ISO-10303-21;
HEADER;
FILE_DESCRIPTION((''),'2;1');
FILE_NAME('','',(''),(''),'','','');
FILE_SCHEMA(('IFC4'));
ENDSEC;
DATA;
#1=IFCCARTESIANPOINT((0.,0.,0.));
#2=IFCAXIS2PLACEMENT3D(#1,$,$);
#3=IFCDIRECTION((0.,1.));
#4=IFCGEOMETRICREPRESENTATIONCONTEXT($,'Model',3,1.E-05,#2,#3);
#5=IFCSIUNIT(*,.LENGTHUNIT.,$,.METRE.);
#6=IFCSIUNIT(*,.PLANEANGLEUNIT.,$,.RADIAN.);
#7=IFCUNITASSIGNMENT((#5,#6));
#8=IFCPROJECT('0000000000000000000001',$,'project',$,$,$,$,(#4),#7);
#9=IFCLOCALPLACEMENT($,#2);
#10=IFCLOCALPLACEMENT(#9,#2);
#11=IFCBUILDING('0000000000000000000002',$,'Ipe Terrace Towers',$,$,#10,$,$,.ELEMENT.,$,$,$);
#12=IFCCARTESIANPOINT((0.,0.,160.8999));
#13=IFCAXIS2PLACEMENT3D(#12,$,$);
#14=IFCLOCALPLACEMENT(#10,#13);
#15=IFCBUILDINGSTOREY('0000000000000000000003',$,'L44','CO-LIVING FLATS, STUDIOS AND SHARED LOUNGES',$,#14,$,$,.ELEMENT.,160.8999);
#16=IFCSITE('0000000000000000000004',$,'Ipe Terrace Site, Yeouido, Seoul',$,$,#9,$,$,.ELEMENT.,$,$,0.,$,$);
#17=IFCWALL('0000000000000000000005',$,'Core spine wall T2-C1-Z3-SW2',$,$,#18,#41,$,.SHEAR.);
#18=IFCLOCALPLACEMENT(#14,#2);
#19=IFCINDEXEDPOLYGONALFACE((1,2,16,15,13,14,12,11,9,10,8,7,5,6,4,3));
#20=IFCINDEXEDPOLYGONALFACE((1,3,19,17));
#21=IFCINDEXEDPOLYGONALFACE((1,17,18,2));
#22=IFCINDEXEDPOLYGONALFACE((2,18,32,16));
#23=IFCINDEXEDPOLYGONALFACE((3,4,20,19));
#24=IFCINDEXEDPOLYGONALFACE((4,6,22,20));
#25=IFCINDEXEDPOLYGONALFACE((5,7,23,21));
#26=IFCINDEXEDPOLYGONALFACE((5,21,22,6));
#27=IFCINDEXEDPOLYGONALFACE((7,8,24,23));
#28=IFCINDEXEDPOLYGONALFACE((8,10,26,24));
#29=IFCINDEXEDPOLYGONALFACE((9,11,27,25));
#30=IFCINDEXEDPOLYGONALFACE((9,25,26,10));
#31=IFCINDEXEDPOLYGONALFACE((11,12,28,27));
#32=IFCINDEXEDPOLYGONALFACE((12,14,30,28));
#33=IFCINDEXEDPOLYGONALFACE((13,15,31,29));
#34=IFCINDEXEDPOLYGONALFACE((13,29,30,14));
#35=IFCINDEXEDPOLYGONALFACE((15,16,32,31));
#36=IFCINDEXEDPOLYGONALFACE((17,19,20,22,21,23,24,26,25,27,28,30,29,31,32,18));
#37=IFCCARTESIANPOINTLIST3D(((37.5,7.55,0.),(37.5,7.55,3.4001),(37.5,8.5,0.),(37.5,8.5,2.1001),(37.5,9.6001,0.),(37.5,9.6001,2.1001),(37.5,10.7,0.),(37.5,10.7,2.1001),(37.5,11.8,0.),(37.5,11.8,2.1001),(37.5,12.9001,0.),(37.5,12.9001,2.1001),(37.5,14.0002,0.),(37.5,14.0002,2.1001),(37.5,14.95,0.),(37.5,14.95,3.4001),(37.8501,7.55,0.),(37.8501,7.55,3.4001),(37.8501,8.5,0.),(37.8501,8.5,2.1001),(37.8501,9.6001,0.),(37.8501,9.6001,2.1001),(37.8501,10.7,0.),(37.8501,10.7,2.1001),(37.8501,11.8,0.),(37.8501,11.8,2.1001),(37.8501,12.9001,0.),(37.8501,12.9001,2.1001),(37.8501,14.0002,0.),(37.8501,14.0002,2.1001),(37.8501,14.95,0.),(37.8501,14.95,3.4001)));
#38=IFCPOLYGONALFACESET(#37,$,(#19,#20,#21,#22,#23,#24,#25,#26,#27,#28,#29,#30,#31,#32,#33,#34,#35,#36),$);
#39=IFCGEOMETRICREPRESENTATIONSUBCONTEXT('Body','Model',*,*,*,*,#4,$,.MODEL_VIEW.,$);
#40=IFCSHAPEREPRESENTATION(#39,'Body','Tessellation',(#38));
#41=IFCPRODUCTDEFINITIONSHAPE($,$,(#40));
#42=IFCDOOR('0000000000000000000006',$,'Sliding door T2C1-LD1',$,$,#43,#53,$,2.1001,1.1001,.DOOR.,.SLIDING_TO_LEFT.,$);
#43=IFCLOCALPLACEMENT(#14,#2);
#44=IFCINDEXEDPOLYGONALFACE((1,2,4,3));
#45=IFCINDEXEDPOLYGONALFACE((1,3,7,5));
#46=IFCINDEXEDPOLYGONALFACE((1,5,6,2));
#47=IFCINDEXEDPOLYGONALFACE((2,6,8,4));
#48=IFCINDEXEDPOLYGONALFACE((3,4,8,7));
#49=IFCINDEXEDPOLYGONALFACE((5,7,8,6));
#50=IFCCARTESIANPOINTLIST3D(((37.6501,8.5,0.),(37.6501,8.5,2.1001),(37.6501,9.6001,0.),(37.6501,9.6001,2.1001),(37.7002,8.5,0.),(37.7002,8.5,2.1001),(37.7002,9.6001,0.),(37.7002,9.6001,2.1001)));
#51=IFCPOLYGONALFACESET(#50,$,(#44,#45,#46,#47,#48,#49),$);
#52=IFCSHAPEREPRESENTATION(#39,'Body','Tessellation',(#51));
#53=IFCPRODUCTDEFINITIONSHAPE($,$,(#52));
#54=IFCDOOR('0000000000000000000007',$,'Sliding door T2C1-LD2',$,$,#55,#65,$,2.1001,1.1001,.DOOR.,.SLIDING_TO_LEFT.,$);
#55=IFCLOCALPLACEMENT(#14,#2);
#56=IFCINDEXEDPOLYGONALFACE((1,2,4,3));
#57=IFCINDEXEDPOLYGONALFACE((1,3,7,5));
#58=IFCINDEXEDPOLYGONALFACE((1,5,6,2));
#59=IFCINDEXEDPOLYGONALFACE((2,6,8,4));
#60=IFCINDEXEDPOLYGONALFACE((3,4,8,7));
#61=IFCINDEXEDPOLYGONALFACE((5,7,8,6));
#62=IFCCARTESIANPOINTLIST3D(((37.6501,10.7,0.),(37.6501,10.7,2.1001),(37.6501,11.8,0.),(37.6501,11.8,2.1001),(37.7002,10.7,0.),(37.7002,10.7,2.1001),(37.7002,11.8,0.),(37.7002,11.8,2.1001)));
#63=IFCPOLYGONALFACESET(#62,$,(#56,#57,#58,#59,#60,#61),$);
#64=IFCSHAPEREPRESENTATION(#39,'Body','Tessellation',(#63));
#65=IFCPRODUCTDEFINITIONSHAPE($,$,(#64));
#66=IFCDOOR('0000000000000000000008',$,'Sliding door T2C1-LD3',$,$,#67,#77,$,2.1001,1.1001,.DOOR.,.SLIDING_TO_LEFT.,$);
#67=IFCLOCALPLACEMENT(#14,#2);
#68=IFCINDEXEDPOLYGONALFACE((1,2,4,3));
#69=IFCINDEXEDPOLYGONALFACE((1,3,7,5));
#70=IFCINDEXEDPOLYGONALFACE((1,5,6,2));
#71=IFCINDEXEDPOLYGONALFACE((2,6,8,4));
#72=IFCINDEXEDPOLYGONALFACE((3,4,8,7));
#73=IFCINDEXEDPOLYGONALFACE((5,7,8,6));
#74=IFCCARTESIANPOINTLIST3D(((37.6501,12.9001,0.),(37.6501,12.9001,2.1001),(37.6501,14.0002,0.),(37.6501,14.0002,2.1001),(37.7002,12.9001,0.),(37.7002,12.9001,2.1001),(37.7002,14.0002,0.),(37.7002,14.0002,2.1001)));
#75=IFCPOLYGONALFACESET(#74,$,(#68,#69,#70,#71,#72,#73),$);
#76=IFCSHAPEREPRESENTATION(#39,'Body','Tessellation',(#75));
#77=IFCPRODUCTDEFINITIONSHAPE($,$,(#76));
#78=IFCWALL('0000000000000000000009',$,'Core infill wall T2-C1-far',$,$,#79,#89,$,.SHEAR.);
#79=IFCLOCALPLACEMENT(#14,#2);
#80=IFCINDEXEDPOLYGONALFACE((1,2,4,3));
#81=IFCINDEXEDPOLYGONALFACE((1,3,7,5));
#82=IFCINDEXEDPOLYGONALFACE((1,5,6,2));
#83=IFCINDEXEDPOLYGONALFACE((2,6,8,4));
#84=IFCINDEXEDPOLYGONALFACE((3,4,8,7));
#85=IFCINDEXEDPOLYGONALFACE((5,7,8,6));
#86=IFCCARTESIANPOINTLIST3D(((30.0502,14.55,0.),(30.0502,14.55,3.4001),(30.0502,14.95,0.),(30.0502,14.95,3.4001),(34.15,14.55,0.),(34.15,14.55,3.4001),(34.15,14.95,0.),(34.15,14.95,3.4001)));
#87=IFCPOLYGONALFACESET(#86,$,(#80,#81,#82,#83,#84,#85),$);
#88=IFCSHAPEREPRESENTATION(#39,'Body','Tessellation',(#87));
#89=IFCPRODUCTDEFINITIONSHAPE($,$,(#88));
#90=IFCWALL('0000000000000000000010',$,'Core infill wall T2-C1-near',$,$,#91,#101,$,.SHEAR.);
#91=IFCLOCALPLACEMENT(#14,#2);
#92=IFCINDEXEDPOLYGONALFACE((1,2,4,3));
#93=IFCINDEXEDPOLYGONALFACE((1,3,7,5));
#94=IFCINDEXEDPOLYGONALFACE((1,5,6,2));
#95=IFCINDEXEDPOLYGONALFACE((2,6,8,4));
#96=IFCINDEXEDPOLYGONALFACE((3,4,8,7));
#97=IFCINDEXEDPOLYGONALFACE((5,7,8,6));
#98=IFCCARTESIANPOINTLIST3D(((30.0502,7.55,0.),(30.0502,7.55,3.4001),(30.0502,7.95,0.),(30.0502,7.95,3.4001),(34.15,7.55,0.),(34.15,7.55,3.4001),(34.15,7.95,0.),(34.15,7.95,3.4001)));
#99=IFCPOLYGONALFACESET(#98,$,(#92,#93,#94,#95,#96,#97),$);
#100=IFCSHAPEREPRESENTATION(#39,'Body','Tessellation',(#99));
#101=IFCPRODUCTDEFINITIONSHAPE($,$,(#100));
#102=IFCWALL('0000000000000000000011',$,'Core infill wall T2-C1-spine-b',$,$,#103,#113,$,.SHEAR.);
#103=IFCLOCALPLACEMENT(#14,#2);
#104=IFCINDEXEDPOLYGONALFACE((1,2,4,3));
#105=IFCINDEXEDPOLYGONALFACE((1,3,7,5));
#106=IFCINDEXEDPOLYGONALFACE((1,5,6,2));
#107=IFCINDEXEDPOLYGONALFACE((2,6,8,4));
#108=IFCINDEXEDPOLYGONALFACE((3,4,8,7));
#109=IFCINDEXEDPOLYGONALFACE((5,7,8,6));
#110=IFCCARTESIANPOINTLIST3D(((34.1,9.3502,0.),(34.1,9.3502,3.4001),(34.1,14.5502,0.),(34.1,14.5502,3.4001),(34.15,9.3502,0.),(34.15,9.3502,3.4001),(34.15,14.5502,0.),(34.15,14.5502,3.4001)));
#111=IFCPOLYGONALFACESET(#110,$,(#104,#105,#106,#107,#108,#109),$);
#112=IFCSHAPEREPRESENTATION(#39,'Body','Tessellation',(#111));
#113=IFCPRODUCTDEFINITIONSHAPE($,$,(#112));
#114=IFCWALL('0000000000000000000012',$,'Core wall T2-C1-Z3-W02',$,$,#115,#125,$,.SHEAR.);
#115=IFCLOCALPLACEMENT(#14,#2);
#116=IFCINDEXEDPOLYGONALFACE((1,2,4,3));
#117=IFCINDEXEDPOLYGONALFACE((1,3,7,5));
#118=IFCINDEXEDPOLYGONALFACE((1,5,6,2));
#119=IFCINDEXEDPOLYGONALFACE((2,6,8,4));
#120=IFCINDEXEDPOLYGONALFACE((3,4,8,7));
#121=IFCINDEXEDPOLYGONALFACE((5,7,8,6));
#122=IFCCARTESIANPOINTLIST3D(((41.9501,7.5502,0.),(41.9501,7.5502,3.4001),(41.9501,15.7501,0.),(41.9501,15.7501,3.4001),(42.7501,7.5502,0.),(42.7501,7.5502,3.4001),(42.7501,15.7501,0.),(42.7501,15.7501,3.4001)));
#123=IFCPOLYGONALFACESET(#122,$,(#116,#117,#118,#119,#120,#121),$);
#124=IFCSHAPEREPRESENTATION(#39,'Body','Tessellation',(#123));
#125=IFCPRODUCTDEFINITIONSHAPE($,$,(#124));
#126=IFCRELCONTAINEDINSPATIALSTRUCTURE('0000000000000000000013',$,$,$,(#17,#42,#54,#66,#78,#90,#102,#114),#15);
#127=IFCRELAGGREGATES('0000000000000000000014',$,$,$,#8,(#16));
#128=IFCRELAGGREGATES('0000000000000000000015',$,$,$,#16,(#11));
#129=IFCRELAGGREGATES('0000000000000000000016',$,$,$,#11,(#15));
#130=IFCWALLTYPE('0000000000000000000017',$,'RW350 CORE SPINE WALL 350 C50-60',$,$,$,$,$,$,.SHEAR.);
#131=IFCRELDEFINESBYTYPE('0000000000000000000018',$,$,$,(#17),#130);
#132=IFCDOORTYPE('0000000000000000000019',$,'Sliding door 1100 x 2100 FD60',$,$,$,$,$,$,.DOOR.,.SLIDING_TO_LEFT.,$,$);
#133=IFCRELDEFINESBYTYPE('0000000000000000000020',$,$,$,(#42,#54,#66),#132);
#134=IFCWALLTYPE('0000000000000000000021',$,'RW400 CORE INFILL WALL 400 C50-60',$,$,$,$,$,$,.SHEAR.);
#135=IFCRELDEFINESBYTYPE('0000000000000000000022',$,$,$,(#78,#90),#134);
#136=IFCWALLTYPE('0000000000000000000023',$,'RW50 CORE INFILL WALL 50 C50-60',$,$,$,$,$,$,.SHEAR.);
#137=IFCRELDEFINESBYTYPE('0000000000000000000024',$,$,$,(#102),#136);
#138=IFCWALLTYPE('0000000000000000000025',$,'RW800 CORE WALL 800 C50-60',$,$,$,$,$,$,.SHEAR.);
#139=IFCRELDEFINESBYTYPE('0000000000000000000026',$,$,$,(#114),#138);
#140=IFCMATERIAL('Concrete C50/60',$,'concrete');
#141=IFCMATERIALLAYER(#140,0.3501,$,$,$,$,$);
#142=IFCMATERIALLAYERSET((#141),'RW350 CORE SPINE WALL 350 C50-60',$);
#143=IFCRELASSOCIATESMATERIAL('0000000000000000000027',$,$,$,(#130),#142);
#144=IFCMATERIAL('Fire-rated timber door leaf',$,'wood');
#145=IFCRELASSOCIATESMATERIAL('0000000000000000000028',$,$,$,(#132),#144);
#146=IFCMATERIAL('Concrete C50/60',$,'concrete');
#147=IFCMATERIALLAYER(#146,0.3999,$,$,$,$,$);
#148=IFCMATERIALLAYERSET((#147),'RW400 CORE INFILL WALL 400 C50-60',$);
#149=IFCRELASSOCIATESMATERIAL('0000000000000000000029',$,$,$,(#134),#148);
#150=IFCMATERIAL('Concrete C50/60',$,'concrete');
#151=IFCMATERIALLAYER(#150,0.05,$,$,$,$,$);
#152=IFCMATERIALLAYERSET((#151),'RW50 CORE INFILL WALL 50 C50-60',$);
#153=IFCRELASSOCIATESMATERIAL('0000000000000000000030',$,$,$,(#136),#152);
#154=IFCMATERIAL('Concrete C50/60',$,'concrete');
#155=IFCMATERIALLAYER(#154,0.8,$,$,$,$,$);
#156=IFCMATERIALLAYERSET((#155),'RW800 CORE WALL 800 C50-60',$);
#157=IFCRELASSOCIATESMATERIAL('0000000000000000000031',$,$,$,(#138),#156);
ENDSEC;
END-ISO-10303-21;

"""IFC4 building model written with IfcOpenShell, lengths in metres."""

from ifc_helpers import new_model, si_unit, direction, frame, frame_2d, origin, place, context, subcontext, project, spatial, rectangle, extrude, material, layer, layer_set, type_object, element, fill, save


model = new_model("IFC4")

# Units and contexts
model_context = context("Model", 3, precision=1e-05, world=origin(), true_north=direction((0.0, 1.0)))
body_context = subcontext(model_context, "Body", "Model", "MODEL_VIEW")
ifc_project = project(units=[si_unit("LENGTHUNIT", "METRE"), si_unit("PLANEANGLEUNIT", "RADIAN")], contexts=[model_context])

# Site, building, storey
site_placement = place(None, origin())
site = spatial("IfcSite", under=ifc_project, at=site_placement, Name="Ipe Terrace Site, Yeouido, Seoul", CompositionType="ELEMENT", RefElevation=0.0)
building_placement = place(site_placement, origin())
building = spatial("IfcBuilding", under=site, at=building_placement, Name="Ipe Terrace Towers", CompositionType="ELEMENT")
storey_placement = place(building_placement, frame((0.0, 0.0, 160.8999)))
storey = spatial("IfcBuildingStorey", under=building, at=storey_placement, Name="L44", Description="CO-LIVING FLATS, STUDIOS AND SHARED LOUNGES", CompositionType="ELEMENT", Elevation=160.8999)

# Shared definitions
ifc_material_1 = material(Name="Concrete C50/60", Category="concrete")
ifc_layer_1 = layer(ifc_material_1, 0.3501)
ifc_layer_set_1 = layer_set([ifc_layer_1], Name="RW350 CORE SPINE WALL 350 C50-60")
wall_type_1 = type_object("IfcWallType", Name="RW350 CORE SPINE WALL 350 C50-60", PredefinedType="SHEAR", material=ifc_layer_set_1)

# Wall, openings, doors
wall_1_placement = place(storey_placement, frame((37.675, 7.55, 0.0), z_axis=(0.0, 0.0, 1.0), x_axis=(0.0, 1.0, 0.0)))
wall_1 = element("IfcWall", 1, at=wall_1_placement, inside=storey, type_object=wall_type_1, Name="Core spine wall T2-C1-Z3-SW2", PredefinedType="SHEAR", context=body_context, shape_type="SweptSolid", body=[
    extrude(rectangle(XDim=7.3999, YDim=0.3501, at=frame_2d((3.7, 0.0))), origin(), (0.0, 0.0, 1.0), 3.4001),
])
opening_1_placement = place(wall_1_placement, frame((0.95, 0.0, 0.0)))
opening_1 = element("IfcOpeningElement", 2, at=opening_1_placement, cuts=wall_1, PredefinedType="OPENING", context=body_context, shape_type="SweptSolid", body=[
    extrude(rectangle(XDim=1.1001, YDim=2.1001, at=frame_2d((0.55, 1.05))), frame((0.0, 0.1851, 0.0), z_axis=(0.0, -1.0, 0.0), x_axis=(1.0, 0.0, 0.0)), (0.0, 0.0, 1.0), 0.3701),
])
opening_2_placement = place(wall_1_placement, frame((3.1499, 0.0, 0.0)))
opening_2 = element("IfcOpeningElement", 3, at=opening_2_placement, cuts=wall_1, PredefinedType="OPENING", context=body_context, shape_type="SweptSolid", body=[
    extrude(rectangle(XDim=1.1001, YDim=2.1001, at=frame_2d((0.55, 1.05))), frame((0.0, 0.1851, 0.0), z_axis=(0.0, -1.0, 0.0), x_axis=(1.0, 0.0, 0.0)), (0.0, 0.0, 1.0), 0.3701),
])
opening_3_placement = place(wall_1_placement, frame((5.3501, 0.0, 0.0)))
opening_3 = element("IfcOpeningElement", 4, at=opening_3_placement, cuts=wall_1, PredefinedType="OPENING", context=body_context, shape_type="SweptSolid", body=[
    extrude(rectangle(XDim=1.1001, YDim=2.1001, at=frame_2d((0.55, 1.05))), frame((0.0, 0.1851, 0.0), z_axis=(0.0, -1.0, 0.0), x_axis=(1.0, 0.0, 0.0)), (0.0, 0.0, 1.0), 0.3701),
])
ifc_material_2 = material(Name="Fire-rated timber door leaf", Category="wood")
door_type_1 = type_object("IfcDoorType", Name="Sliding door 1100 x 2100 FD60", OperationType="SLIDING_TO_LEFT", PredefinedType="DOOR", material=ifc_material_2)
door_1_placement = place(opening_1_placement, origin())
door_1 = element("IfcDoor", 5, at=door_1_placement, inside=storey, type_object=door_type_1, Name="Sliding door T2C1-LD1", OperationType="SLIDING_TO_LEFT", OverallHeight=2.1001, OverallWidth=1.1001, PredefinedType="DOOR", context=body_context, shape_type="SweptSolid", body=[
    extrude(rectangle(XDim=1.1001, YDim=2.1001, at=frame_2d((0.55, 1.05))), frame((0.0, 0.0249, 0.0), z_axis=(0.0, -1.0, 0.0), x_axis=(1.0, 0.0, 0.0)), (0.0, 0.0, 1.0), 0.05),
])
fill(opening_1, door_1)
door_2_placement = place(opening_2_placement, origin())
door_2 = element("IfcDoor", 6, at=door_2_placement, inside=storey, type_object=door_type_1, Name="Sliding door T2C1-LD2", OperationType="SLIDING_TO_LEFT", OverallHeight=2.1001, OverallWidth=1.1001, PredefinedType="DOOR", context=body_context, shape_type="SweptSolid", body=[
    extrude(rectangle(XDim=1.1001, YDim=2.1001, at=frame_2d((0.55, 1.05))), frame((0.0, 0.0249, 0.0), z_axis=(0.0, -1.0, 0.0), x_axis=(1.0, 0.0, 0.0)), (0.0, 0.0, 1.0), 0.05),
])
fill(opening_2, door_2)
door_3_placement = place(opening_3_placement, origin())
door_3 = element("IfcDoor", 7, at=door_3_placement, inside=storey, type_object=door_type_1, Name="Sliding door T2C1-LD3", OperationType="SLIDING_TO_LEFT", OverallHeight=2.1001, OverallWidth=1.1001, PredefinedType="DOOR", context=body_context, shape_type="SweptSolid", body=[
    extrude(rectangle(XDim=1.1001, YDim=2.1001, at=frame_2d((0.55, 1.05))), frame((0.0, 0.0249, 0.0), z_axis=(0.0, -1.0, 0.0), x_axis=(1.0, 0.0, 0.0)), (0.0, 0.0, 1.0), 0.05),
])
fill(opening_3, door_3)

# Walls
ifc_material_3 = material(Name="Concrete C50/60", Category="concrete")
ifc_layer_2 = layer(ifc_material_3, 0.3999)
ifc_layer_set_2 = layer_set([ifc_layer_2], Name="RW400 CORE INFILL WALL 400 C50-60")
wall_type_2 = type_object("IfcWallType", Name="RW400 CORE INFILL WALL 400 C50-60", PredefinedType="SHEAR", material=ifc_layer_set_2)
for number, where, z_axis, x_axis, name in (
    (8, (34.1499, 14.75, 0.0), (0.0, 0.0, 1.0), (-1.0, 0.0, 0.0), "Core infill wall T2-C1-far"),
    (9, (34.1499, 7.75, 0.0), (0.0, 0.0, 1.0), (-1.0, 0.0, 0.0), "Core infill wall T2-C1-near"),
):
    element("IfcWall", number, at=place(storey_placement, frame(where, z_axis=z_axis, x_axis=x_axis)), inside=storey, type_object=wall_type_2, Name=name, PredefinedType="SHEAR", context=body_context, shape_type="SweptSolid", body=[
        extrude(rectangle(XDim=4.0999, YDim=0.3999, at=frame_2d((2.0498, 0.0))), origin(), (0.0, 0.0, 1.0), 3.4001),
    ])
ifc_material_4 = material(Name="Concrete C50/60", Category="concrete")
ifc_layer_3 = layer(ifc_material_4, 0.05)
ifc_layer_set_3 = layer_set([ifc_layer_3], Name="RW50 CORE INFILL WALL 50 C50-60")
wall_type_3 = type_object("IfcWallType", Name="RW50 CORE INFILL WALL 50 C50-60", PredefinedType="SHEAR", material=ifc_layer_set_3)
wall_2_placement = place(storey_placement, frame((34.125, 9.3501, 0.0), z_axis=(0.0, 0.0, 1.0), x_axis=(0.0, 1.0, 0.0)))
element("IfcWall", 10, at=wall_2_placement, inside=storey, type_object=wall_type_3, Name="Core infill wall T2-C1-spine-b", PredefinedType="SHEAR", context=body_context, shape_type="SweptSolid", body=[
    extrude(rectangle(XDim=5.2, YDim=0.05, at=frame_2d((2.6001, 0.0))), origin(), (0.0, 0.0, 1.0), 3.4001),
])
ifc_material_5 = material(Name="Concrete C50/60", Category="concrete")
ifc_layer_4 = layer(ifc_material_5, 0.8)
ifc_layer_set_4 = layer_set([ifc_layer_4], Name="RW800 CORE WALL 800 C50-60")
wall_type_4 = type_object("IfcWallType", Name="RW800 CORE WALL 800 C50-60", PredefinedType="SHEAR", material=ifc_layer_set_4)
wall_3_placement = place(storey_placement, frame((42.3501, 7.55, 0.0), z_axis=(0.0, 0.0, 1.0), x_axis=(0.0, 1.0, 0.0)))
element("IfcWall", 11, at=wall_3_placement, inside=storey, type_object=wall_type_4, Name="Core wall T2-C1-Z3-W02", PredefinedType="SHEAR", context=body_context, shape_type="SweptSolid", body=[
    extrude(rectangle(XDim=8.2, YDim=0.8, at=frame_2d((4.1001, 0.0))), origin(), (0.0, 0.0, 1.0), 3.4001),
])

save(model, "model.ifc")
